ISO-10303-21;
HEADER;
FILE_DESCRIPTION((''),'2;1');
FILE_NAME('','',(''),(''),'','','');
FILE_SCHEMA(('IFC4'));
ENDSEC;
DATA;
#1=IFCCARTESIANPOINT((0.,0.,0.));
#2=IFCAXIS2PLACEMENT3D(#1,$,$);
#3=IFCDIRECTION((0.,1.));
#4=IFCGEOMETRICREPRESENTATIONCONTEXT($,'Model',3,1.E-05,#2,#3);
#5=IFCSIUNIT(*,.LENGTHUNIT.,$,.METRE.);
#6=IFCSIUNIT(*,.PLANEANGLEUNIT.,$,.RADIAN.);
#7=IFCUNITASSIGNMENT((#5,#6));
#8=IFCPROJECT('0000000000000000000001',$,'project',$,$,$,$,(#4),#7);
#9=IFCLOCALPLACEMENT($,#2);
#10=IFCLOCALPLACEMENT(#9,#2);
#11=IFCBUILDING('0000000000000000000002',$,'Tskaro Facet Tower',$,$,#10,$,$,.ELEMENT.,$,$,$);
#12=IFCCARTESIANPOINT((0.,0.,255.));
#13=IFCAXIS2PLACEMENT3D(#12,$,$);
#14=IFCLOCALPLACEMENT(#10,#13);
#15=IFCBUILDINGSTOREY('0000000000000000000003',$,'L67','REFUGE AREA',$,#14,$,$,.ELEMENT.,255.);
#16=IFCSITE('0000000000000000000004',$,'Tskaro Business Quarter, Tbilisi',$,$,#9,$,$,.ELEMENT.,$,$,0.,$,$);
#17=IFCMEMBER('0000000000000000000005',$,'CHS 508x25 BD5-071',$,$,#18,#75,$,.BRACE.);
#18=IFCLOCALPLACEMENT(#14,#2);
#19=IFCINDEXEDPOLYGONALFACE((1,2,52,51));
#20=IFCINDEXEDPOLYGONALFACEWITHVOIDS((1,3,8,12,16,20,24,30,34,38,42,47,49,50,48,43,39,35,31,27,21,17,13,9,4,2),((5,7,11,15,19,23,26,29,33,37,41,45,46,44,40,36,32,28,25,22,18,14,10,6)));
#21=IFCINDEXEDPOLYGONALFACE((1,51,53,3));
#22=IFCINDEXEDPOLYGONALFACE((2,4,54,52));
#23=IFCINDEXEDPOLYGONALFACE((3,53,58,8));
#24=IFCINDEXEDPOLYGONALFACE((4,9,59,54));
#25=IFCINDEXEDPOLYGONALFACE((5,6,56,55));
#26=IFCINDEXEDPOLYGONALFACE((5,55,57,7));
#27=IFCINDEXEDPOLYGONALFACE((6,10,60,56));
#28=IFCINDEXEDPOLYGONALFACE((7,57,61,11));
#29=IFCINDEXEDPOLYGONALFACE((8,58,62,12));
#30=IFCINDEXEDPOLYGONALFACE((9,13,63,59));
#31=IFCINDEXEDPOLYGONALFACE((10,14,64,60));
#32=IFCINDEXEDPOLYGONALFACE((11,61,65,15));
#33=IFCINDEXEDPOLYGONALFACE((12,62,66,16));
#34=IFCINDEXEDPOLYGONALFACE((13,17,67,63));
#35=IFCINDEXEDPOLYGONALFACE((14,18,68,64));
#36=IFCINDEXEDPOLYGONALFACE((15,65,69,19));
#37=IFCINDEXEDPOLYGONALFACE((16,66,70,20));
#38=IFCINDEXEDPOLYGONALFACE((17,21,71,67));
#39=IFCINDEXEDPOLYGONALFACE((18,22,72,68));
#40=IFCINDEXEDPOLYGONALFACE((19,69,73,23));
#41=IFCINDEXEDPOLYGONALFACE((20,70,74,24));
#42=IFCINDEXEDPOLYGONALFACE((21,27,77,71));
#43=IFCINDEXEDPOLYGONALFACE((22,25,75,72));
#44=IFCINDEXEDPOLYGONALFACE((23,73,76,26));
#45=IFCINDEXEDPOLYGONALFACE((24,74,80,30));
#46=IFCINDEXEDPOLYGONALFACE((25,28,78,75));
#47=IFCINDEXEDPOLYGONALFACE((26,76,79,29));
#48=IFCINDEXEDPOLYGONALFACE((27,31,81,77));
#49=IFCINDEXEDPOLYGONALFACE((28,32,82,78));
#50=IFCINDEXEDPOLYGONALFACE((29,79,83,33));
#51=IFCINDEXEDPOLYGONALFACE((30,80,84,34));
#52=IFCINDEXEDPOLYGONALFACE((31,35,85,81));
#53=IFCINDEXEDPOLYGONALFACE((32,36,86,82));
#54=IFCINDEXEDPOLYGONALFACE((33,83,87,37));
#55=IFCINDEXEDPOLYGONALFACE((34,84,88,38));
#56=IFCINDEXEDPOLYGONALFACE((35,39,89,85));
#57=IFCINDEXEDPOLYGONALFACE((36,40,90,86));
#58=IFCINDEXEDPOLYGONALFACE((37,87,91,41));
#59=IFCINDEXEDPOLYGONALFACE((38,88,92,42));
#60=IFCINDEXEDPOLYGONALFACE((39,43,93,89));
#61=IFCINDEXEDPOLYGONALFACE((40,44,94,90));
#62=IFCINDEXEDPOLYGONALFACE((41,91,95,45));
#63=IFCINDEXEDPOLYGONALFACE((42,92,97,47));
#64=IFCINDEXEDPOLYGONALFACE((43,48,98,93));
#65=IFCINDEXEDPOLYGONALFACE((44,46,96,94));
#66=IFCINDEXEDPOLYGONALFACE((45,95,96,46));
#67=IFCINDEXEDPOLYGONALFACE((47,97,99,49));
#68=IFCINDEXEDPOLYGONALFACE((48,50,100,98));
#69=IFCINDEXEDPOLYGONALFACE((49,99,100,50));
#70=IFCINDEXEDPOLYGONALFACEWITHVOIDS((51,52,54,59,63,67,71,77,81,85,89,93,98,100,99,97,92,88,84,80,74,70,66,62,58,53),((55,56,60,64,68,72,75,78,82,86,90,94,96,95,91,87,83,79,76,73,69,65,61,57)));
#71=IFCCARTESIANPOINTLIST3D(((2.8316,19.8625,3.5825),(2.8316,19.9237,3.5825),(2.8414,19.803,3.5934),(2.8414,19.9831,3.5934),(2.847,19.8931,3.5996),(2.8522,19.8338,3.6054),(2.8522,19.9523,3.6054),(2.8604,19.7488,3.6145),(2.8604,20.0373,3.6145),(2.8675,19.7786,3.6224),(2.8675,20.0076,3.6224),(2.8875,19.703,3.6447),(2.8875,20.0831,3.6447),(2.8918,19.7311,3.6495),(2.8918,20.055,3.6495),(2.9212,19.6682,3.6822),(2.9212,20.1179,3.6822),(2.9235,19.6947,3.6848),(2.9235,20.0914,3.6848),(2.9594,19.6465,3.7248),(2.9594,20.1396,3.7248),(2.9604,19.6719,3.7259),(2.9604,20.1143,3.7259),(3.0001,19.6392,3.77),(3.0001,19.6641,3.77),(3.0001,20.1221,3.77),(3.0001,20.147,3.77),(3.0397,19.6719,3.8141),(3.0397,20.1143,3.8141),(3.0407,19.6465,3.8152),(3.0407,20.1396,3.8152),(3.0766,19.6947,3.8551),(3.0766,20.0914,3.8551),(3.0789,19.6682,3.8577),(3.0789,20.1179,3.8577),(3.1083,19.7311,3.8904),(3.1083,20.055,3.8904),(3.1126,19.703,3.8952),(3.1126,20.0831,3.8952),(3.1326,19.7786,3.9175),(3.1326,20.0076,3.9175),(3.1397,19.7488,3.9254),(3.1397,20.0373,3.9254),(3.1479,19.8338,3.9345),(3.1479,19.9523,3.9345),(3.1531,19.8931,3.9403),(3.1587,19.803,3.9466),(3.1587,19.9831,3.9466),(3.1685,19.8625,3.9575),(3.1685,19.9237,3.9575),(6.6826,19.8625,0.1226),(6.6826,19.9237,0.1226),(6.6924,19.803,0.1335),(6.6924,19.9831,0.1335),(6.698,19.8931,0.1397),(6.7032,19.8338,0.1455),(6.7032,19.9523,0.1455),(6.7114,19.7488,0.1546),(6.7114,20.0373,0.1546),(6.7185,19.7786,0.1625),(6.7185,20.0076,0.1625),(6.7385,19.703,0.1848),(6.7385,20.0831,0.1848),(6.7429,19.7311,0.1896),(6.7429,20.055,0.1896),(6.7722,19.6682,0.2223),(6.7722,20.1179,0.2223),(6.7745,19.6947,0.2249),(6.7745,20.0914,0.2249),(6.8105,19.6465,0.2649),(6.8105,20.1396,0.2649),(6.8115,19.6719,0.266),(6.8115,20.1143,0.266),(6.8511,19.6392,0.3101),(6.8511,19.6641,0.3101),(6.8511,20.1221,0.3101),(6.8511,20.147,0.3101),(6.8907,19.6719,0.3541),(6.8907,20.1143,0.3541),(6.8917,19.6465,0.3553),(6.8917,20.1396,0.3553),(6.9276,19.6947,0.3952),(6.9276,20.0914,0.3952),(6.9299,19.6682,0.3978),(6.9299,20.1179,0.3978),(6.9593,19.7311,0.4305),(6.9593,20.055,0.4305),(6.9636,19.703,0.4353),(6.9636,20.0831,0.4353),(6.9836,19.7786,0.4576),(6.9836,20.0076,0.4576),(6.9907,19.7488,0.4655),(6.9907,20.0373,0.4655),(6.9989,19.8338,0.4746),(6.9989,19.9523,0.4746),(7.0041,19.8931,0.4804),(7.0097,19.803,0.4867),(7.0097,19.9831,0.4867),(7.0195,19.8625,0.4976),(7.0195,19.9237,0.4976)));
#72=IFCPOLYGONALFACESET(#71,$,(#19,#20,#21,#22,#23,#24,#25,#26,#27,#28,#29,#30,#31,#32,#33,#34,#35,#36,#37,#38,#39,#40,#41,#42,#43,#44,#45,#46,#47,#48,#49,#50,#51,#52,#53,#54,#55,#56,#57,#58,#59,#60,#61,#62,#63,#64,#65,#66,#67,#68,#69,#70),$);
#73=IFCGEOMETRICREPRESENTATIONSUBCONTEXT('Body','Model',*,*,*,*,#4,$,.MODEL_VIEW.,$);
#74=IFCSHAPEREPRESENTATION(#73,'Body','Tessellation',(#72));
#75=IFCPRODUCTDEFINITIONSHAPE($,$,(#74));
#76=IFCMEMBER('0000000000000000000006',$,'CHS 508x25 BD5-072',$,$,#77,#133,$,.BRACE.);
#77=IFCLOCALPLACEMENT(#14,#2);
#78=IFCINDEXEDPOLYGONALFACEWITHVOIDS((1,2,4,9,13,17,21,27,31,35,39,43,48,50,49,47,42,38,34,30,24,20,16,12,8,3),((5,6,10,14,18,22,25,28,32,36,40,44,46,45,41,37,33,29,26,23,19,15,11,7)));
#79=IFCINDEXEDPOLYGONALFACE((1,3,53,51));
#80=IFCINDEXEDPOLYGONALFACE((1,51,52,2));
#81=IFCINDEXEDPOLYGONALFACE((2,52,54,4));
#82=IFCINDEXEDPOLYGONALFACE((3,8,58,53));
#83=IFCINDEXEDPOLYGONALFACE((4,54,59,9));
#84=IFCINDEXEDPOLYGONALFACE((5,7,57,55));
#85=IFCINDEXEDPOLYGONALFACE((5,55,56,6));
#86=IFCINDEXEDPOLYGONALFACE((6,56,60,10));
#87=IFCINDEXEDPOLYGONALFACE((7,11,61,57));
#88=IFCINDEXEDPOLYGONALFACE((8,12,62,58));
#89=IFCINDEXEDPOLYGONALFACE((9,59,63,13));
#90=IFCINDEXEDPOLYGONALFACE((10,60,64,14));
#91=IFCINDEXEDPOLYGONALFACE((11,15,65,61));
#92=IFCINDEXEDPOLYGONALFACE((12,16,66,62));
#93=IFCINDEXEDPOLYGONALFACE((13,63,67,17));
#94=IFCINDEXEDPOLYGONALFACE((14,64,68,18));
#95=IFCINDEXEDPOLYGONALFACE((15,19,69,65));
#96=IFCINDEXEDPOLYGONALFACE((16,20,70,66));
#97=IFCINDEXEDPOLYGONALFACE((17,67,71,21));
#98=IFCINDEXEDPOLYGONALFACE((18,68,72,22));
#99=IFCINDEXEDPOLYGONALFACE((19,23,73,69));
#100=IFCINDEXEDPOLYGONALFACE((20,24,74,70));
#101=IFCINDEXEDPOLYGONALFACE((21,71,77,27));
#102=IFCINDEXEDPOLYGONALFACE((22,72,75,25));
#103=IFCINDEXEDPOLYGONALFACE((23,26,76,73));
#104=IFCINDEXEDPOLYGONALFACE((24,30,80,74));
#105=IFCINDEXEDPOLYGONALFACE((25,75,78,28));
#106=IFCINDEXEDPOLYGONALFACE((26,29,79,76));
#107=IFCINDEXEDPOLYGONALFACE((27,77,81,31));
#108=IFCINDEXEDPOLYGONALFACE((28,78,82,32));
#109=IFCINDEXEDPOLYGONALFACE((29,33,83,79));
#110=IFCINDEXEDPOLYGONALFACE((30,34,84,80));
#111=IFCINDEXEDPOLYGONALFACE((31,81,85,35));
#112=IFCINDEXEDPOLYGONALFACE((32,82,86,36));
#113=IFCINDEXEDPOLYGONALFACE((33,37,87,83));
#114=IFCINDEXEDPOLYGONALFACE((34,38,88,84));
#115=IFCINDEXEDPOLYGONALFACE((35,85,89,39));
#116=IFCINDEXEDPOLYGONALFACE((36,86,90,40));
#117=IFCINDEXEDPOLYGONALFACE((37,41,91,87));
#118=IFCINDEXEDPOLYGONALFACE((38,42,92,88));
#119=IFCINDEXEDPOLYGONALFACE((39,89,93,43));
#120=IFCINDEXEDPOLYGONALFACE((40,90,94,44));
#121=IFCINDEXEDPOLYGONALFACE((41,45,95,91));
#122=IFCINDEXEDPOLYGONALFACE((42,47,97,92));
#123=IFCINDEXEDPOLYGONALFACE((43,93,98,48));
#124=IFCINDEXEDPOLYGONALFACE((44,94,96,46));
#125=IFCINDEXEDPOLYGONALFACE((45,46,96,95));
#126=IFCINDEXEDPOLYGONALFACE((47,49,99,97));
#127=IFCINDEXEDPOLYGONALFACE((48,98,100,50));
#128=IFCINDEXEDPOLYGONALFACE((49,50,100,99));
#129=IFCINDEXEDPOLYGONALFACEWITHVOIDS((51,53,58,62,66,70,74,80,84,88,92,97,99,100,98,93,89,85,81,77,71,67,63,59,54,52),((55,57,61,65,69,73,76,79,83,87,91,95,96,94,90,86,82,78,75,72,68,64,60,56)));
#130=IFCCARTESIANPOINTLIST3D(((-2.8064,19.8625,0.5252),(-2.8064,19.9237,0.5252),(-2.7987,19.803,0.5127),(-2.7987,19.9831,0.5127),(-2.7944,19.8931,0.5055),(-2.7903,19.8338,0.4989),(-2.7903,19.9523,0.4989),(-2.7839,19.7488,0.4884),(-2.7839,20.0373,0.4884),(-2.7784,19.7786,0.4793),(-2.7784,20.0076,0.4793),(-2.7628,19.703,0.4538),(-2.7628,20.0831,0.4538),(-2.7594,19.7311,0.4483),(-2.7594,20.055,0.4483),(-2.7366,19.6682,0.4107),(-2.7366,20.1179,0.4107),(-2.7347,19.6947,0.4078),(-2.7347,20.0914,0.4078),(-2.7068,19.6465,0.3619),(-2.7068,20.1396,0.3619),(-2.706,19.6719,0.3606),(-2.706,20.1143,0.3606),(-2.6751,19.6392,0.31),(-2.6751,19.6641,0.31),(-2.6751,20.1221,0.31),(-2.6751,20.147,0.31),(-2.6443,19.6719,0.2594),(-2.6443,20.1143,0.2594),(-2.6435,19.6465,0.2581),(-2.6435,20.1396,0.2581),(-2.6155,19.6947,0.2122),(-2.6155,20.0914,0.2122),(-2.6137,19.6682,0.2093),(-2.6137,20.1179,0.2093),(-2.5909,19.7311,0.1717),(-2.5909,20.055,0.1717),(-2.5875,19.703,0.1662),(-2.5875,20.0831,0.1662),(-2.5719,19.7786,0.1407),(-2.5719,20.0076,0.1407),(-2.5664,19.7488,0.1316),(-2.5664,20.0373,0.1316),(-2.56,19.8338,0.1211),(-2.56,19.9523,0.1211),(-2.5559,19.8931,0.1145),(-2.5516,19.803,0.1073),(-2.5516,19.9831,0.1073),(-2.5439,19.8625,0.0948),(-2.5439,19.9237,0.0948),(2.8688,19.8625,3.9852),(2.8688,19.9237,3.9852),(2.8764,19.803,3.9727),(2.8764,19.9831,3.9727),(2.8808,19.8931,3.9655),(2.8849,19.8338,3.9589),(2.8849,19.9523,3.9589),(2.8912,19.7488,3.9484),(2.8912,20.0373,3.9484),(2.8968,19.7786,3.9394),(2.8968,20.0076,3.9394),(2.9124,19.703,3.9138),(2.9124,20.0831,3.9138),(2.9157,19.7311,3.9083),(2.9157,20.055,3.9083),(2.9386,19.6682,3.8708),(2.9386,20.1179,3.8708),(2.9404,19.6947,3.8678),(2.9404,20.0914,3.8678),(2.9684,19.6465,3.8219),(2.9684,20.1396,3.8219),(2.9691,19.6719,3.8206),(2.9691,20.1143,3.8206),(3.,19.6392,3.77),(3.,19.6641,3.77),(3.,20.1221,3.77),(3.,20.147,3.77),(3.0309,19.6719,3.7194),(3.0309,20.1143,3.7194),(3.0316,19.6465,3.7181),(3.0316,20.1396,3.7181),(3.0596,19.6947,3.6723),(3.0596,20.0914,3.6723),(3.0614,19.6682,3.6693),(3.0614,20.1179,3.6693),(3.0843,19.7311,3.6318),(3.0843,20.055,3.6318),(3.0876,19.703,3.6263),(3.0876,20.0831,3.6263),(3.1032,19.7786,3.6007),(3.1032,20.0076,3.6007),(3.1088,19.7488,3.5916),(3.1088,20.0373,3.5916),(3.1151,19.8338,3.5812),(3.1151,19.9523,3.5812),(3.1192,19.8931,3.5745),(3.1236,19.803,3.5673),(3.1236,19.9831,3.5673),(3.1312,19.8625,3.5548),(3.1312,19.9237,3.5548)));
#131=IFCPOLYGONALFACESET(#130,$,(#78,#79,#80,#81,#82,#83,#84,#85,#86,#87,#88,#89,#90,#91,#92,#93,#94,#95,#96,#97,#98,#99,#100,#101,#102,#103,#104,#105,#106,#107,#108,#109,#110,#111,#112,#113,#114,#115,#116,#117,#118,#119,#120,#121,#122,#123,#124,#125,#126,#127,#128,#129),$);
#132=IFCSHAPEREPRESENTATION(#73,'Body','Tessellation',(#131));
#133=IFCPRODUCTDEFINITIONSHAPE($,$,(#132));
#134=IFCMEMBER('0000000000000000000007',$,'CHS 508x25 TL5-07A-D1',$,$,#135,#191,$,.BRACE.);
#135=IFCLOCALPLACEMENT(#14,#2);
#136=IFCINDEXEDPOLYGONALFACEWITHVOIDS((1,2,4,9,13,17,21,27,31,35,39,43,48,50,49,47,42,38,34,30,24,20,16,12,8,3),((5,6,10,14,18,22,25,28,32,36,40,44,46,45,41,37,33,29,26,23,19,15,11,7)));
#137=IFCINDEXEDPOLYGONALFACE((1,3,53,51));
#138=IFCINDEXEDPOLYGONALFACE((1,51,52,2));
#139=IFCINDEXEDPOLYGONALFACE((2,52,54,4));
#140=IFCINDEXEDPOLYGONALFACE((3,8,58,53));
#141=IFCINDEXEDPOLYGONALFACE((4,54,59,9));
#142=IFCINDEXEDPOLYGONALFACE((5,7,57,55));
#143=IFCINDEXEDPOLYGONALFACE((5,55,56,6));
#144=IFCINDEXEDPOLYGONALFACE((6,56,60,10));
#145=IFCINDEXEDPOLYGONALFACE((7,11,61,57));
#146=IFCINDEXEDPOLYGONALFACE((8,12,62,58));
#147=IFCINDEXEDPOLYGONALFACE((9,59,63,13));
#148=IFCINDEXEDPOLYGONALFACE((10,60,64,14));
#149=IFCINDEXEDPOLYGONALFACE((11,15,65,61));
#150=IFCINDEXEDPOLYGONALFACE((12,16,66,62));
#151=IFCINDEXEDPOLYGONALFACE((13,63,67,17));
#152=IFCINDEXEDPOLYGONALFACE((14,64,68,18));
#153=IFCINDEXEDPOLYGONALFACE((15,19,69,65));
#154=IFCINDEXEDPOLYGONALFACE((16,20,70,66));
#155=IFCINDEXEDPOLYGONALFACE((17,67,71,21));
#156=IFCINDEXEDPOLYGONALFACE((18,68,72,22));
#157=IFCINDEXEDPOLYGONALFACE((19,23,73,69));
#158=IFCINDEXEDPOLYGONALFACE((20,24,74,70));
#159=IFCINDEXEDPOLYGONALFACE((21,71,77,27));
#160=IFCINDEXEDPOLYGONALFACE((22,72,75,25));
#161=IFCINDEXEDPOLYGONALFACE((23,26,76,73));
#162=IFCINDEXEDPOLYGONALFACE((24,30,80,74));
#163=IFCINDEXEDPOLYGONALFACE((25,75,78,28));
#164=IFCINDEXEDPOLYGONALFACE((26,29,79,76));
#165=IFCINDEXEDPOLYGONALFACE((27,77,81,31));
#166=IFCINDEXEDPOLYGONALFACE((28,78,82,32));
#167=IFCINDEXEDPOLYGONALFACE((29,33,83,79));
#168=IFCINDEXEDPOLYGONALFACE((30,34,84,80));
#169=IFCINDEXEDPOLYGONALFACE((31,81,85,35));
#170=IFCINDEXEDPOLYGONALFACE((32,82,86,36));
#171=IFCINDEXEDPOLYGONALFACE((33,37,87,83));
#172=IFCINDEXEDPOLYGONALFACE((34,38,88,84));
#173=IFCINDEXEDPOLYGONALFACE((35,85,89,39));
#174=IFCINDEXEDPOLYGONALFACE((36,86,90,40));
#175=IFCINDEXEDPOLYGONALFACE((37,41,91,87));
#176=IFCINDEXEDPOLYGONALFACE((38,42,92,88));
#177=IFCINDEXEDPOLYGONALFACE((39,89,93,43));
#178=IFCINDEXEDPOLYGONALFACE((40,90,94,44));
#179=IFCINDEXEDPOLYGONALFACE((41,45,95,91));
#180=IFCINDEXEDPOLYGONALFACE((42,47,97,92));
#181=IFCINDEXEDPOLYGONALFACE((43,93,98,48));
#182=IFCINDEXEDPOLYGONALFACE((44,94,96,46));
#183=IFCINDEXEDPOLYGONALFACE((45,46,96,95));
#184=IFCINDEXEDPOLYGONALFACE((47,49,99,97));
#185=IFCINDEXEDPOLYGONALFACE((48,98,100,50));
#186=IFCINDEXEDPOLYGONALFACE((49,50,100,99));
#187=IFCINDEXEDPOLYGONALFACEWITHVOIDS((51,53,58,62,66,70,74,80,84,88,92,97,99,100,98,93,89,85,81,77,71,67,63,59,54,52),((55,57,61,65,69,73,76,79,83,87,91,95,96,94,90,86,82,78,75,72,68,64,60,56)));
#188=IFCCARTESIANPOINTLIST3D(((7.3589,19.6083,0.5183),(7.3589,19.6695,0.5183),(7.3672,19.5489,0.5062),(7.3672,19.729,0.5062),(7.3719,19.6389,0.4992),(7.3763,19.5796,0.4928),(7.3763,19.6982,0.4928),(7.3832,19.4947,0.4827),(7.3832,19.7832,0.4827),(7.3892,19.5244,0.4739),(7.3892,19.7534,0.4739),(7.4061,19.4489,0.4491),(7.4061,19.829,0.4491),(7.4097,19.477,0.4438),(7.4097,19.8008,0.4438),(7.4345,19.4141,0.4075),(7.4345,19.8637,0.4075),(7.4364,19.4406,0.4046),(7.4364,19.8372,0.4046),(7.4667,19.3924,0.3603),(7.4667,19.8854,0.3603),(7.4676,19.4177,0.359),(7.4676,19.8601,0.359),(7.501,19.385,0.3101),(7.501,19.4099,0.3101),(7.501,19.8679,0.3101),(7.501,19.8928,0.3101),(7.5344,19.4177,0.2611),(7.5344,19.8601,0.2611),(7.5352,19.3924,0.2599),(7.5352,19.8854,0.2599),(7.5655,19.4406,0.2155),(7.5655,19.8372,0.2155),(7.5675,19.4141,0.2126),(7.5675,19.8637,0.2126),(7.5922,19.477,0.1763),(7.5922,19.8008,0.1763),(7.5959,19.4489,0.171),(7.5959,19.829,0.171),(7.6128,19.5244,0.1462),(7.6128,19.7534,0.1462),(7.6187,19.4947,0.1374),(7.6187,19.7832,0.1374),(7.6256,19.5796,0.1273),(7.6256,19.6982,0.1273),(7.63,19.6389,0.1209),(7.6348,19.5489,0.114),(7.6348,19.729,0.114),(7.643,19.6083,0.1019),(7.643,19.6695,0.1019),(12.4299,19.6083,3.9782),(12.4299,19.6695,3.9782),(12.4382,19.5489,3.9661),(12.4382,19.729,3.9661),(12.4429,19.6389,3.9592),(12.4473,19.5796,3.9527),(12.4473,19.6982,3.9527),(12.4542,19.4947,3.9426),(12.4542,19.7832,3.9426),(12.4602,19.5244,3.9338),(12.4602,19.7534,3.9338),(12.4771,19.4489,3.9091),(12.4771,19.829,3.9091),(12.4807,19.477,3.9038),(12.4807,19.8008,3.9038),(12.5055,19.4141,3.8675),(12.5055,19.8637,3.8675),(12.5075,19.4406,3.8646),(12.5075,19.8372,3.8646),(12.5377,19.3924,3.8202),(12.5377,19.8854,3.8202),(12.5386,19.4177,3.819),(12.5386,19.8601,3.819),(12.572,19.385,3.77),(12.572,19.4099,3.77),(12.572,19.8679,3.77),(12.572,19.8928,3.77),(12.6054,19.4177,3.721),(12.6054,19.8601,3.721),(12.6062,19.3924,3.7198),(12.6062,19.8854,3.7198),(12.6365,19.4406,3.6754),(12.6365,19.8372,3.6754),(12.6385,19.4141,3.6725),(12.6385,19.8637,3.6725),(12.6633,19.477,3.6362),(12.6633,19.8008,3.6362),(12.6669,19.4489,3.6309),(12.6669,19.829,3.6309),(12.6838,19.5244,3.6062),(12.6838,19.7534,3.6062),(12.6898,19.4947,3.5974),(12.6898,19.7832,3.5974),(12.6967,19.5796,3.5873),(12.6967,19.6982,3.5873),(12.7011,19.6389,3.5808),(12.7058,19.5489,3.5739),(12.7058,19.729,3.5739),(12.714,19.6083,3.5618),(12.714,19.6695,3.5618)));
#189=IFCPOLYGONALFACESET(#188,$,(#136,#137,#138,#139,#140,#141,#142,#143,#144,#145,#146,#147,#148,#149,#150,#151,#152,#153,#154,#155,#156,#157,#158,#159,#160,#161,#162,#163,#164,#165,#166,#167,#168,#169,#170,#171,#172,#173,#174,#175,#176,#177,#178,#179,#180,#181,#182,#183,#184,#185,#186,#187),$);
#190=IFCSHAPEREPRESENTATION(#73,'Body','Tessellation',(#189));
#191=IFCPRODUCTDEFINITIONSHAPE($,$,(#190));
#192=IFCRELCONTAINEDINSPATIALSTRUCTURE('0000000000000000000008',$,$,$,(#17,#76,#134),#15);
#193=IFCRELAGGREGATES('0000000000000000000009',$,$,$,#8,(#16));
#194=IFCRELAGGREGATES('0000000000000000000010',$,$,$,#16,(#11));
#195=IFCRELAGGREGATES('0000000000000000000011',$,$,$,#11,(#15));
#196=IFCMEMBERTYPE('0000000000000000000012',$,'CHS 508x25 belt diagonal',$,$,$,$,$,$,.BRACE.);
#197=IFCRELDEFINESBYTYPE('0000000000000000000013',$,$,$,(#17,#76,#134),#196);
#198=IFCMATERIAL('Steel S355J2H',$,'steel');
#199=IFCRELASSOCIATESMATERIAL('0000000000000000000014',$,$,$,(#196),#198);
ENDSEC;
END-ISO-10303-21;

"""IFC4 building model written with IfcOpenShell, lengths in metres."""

from ifc_helpers import new_model, si_unit, direction, frame, origin, origin_2d, place, context, subcontext, project, spatial, hollow_circle, extrude, material, material_profile, profile_set, type_object, element, save


model = new_model("IFC4")

# Units and contexts
model_context = context("Model", 3, precision=1e-05, world=origin(), true_north=direction((0.0, 1.0)))
body_context = subcontext(model_context, "Body", "Model", "MODEL_VIEW")
ifc_project = project(units=[si_unit("LENGTHUNIT", "METRE"), si_unit("PLANEANGLEUNIT", "RADIAN")], contexts=[model_context])

# Site, building, storey
site_placement = place(None, origin())
site = spatial("IfcSite", under=ifc_project, at=site_placement, Name="Tskaro Business Quarter, Tbilisi", CompositionType="ELEMENT", RefElevation=0.0)
building_placement = place(site_placement, origin())
building = spatial("IfcBuilding", under=site, at=building_placement, Name="Tskaro Facet Tower", CompositionType="ELEMENT")
storey_placement = place(building_placement, frame((0.0, 0.0, 255.0)))
storey = spatial("IfcBuildingStorey", under=building, at=storey_placement, Name="L67", Description="REFUGE AREA", CompositionType="ELEMENT", Elevation=255.0)

# Shared definitions
ifc_material_1 = material(Name="Steel S355J2H", Category="steel")

# Members
ifc_material_profile_1 = material_profile(ifc_material_1, hollow_circle(Radius=0.2539, WallThickness=0.0249, at=origin_2d()), Name="CHS 508x25")
ifc_profile_set_1 = profile_set([ifc_material_profile_1], Name="Steel S355J2H")
member_type_1 = type_object("IfcMemberType", Name="CHS 508x25 belt diagonal", PredefinedType="BRACE", material=ifc_profile_set_1)
member_1_placement = place(storey_placement, frame((6.8511, 19.8931, 0.3101), z_axis=(-0.743871, 0.0, 0.668324), x_axis=(0.0, -1.0, 0.0)))
element("IfcMember", 1, at=member_1_placement, inside=storey, type_object=member_type_1, Name="CHS 508x25 BD5-071", PredefinedType="BRACE", context=body_context, shape_type="SweptSolid", body=[
    extrude(hollow_circle(Radius=0.2539, WallThickness=0.0249, at=origin_2d()), origin(), (0.0, 0.0, 1.0), 5.177),
])
member_2_placement = place(storey_placement, frame((3.0, 19.8931, 3.77), z_axis=(-0.853825, 0.0, -0.52056), x_axis=(0.0, -1.0, 0.0)))
element("IfcMember", 2, at=member_2_placement, inside=storey, type_object=member_type_1, Name="CHS 508x25 BD5-072", PredefinedType="BRACE", context=body_context, shape_type="SweptSolid", body=[
    extrude(hollow_circle(Radius=0.2539, WallThickness=0.0249, at=origin_2d()), origin(), (0.0, 0.0, 1.0), 6.6467),
])
for number, where, z_axis, x_axis, name in (
    (3, (7.501, 19.6389, 0.3101), (0.826043, 0.0, 0.563607), (0.0, 1.0, 0.0), "CHS 508x25 TL5-07A-D1"),
):
    element("IfcMember", number, at=place(storey_placement, frame(where, z_axis=z_axis, x_axis=x_axis)), inside=storey, type_object=member_type_1, Name=name, PredefinedType="BRACE", context=body_context, shape_type="SweptSolid", body=[
        extrude(hollow_circle(Radius=0.2539, WallThickness=0.0249, at=origin_2d()), origin(), (0.0, 0.0, 1.0), 6.1389),
    ])

save(model, "model.ifc")
